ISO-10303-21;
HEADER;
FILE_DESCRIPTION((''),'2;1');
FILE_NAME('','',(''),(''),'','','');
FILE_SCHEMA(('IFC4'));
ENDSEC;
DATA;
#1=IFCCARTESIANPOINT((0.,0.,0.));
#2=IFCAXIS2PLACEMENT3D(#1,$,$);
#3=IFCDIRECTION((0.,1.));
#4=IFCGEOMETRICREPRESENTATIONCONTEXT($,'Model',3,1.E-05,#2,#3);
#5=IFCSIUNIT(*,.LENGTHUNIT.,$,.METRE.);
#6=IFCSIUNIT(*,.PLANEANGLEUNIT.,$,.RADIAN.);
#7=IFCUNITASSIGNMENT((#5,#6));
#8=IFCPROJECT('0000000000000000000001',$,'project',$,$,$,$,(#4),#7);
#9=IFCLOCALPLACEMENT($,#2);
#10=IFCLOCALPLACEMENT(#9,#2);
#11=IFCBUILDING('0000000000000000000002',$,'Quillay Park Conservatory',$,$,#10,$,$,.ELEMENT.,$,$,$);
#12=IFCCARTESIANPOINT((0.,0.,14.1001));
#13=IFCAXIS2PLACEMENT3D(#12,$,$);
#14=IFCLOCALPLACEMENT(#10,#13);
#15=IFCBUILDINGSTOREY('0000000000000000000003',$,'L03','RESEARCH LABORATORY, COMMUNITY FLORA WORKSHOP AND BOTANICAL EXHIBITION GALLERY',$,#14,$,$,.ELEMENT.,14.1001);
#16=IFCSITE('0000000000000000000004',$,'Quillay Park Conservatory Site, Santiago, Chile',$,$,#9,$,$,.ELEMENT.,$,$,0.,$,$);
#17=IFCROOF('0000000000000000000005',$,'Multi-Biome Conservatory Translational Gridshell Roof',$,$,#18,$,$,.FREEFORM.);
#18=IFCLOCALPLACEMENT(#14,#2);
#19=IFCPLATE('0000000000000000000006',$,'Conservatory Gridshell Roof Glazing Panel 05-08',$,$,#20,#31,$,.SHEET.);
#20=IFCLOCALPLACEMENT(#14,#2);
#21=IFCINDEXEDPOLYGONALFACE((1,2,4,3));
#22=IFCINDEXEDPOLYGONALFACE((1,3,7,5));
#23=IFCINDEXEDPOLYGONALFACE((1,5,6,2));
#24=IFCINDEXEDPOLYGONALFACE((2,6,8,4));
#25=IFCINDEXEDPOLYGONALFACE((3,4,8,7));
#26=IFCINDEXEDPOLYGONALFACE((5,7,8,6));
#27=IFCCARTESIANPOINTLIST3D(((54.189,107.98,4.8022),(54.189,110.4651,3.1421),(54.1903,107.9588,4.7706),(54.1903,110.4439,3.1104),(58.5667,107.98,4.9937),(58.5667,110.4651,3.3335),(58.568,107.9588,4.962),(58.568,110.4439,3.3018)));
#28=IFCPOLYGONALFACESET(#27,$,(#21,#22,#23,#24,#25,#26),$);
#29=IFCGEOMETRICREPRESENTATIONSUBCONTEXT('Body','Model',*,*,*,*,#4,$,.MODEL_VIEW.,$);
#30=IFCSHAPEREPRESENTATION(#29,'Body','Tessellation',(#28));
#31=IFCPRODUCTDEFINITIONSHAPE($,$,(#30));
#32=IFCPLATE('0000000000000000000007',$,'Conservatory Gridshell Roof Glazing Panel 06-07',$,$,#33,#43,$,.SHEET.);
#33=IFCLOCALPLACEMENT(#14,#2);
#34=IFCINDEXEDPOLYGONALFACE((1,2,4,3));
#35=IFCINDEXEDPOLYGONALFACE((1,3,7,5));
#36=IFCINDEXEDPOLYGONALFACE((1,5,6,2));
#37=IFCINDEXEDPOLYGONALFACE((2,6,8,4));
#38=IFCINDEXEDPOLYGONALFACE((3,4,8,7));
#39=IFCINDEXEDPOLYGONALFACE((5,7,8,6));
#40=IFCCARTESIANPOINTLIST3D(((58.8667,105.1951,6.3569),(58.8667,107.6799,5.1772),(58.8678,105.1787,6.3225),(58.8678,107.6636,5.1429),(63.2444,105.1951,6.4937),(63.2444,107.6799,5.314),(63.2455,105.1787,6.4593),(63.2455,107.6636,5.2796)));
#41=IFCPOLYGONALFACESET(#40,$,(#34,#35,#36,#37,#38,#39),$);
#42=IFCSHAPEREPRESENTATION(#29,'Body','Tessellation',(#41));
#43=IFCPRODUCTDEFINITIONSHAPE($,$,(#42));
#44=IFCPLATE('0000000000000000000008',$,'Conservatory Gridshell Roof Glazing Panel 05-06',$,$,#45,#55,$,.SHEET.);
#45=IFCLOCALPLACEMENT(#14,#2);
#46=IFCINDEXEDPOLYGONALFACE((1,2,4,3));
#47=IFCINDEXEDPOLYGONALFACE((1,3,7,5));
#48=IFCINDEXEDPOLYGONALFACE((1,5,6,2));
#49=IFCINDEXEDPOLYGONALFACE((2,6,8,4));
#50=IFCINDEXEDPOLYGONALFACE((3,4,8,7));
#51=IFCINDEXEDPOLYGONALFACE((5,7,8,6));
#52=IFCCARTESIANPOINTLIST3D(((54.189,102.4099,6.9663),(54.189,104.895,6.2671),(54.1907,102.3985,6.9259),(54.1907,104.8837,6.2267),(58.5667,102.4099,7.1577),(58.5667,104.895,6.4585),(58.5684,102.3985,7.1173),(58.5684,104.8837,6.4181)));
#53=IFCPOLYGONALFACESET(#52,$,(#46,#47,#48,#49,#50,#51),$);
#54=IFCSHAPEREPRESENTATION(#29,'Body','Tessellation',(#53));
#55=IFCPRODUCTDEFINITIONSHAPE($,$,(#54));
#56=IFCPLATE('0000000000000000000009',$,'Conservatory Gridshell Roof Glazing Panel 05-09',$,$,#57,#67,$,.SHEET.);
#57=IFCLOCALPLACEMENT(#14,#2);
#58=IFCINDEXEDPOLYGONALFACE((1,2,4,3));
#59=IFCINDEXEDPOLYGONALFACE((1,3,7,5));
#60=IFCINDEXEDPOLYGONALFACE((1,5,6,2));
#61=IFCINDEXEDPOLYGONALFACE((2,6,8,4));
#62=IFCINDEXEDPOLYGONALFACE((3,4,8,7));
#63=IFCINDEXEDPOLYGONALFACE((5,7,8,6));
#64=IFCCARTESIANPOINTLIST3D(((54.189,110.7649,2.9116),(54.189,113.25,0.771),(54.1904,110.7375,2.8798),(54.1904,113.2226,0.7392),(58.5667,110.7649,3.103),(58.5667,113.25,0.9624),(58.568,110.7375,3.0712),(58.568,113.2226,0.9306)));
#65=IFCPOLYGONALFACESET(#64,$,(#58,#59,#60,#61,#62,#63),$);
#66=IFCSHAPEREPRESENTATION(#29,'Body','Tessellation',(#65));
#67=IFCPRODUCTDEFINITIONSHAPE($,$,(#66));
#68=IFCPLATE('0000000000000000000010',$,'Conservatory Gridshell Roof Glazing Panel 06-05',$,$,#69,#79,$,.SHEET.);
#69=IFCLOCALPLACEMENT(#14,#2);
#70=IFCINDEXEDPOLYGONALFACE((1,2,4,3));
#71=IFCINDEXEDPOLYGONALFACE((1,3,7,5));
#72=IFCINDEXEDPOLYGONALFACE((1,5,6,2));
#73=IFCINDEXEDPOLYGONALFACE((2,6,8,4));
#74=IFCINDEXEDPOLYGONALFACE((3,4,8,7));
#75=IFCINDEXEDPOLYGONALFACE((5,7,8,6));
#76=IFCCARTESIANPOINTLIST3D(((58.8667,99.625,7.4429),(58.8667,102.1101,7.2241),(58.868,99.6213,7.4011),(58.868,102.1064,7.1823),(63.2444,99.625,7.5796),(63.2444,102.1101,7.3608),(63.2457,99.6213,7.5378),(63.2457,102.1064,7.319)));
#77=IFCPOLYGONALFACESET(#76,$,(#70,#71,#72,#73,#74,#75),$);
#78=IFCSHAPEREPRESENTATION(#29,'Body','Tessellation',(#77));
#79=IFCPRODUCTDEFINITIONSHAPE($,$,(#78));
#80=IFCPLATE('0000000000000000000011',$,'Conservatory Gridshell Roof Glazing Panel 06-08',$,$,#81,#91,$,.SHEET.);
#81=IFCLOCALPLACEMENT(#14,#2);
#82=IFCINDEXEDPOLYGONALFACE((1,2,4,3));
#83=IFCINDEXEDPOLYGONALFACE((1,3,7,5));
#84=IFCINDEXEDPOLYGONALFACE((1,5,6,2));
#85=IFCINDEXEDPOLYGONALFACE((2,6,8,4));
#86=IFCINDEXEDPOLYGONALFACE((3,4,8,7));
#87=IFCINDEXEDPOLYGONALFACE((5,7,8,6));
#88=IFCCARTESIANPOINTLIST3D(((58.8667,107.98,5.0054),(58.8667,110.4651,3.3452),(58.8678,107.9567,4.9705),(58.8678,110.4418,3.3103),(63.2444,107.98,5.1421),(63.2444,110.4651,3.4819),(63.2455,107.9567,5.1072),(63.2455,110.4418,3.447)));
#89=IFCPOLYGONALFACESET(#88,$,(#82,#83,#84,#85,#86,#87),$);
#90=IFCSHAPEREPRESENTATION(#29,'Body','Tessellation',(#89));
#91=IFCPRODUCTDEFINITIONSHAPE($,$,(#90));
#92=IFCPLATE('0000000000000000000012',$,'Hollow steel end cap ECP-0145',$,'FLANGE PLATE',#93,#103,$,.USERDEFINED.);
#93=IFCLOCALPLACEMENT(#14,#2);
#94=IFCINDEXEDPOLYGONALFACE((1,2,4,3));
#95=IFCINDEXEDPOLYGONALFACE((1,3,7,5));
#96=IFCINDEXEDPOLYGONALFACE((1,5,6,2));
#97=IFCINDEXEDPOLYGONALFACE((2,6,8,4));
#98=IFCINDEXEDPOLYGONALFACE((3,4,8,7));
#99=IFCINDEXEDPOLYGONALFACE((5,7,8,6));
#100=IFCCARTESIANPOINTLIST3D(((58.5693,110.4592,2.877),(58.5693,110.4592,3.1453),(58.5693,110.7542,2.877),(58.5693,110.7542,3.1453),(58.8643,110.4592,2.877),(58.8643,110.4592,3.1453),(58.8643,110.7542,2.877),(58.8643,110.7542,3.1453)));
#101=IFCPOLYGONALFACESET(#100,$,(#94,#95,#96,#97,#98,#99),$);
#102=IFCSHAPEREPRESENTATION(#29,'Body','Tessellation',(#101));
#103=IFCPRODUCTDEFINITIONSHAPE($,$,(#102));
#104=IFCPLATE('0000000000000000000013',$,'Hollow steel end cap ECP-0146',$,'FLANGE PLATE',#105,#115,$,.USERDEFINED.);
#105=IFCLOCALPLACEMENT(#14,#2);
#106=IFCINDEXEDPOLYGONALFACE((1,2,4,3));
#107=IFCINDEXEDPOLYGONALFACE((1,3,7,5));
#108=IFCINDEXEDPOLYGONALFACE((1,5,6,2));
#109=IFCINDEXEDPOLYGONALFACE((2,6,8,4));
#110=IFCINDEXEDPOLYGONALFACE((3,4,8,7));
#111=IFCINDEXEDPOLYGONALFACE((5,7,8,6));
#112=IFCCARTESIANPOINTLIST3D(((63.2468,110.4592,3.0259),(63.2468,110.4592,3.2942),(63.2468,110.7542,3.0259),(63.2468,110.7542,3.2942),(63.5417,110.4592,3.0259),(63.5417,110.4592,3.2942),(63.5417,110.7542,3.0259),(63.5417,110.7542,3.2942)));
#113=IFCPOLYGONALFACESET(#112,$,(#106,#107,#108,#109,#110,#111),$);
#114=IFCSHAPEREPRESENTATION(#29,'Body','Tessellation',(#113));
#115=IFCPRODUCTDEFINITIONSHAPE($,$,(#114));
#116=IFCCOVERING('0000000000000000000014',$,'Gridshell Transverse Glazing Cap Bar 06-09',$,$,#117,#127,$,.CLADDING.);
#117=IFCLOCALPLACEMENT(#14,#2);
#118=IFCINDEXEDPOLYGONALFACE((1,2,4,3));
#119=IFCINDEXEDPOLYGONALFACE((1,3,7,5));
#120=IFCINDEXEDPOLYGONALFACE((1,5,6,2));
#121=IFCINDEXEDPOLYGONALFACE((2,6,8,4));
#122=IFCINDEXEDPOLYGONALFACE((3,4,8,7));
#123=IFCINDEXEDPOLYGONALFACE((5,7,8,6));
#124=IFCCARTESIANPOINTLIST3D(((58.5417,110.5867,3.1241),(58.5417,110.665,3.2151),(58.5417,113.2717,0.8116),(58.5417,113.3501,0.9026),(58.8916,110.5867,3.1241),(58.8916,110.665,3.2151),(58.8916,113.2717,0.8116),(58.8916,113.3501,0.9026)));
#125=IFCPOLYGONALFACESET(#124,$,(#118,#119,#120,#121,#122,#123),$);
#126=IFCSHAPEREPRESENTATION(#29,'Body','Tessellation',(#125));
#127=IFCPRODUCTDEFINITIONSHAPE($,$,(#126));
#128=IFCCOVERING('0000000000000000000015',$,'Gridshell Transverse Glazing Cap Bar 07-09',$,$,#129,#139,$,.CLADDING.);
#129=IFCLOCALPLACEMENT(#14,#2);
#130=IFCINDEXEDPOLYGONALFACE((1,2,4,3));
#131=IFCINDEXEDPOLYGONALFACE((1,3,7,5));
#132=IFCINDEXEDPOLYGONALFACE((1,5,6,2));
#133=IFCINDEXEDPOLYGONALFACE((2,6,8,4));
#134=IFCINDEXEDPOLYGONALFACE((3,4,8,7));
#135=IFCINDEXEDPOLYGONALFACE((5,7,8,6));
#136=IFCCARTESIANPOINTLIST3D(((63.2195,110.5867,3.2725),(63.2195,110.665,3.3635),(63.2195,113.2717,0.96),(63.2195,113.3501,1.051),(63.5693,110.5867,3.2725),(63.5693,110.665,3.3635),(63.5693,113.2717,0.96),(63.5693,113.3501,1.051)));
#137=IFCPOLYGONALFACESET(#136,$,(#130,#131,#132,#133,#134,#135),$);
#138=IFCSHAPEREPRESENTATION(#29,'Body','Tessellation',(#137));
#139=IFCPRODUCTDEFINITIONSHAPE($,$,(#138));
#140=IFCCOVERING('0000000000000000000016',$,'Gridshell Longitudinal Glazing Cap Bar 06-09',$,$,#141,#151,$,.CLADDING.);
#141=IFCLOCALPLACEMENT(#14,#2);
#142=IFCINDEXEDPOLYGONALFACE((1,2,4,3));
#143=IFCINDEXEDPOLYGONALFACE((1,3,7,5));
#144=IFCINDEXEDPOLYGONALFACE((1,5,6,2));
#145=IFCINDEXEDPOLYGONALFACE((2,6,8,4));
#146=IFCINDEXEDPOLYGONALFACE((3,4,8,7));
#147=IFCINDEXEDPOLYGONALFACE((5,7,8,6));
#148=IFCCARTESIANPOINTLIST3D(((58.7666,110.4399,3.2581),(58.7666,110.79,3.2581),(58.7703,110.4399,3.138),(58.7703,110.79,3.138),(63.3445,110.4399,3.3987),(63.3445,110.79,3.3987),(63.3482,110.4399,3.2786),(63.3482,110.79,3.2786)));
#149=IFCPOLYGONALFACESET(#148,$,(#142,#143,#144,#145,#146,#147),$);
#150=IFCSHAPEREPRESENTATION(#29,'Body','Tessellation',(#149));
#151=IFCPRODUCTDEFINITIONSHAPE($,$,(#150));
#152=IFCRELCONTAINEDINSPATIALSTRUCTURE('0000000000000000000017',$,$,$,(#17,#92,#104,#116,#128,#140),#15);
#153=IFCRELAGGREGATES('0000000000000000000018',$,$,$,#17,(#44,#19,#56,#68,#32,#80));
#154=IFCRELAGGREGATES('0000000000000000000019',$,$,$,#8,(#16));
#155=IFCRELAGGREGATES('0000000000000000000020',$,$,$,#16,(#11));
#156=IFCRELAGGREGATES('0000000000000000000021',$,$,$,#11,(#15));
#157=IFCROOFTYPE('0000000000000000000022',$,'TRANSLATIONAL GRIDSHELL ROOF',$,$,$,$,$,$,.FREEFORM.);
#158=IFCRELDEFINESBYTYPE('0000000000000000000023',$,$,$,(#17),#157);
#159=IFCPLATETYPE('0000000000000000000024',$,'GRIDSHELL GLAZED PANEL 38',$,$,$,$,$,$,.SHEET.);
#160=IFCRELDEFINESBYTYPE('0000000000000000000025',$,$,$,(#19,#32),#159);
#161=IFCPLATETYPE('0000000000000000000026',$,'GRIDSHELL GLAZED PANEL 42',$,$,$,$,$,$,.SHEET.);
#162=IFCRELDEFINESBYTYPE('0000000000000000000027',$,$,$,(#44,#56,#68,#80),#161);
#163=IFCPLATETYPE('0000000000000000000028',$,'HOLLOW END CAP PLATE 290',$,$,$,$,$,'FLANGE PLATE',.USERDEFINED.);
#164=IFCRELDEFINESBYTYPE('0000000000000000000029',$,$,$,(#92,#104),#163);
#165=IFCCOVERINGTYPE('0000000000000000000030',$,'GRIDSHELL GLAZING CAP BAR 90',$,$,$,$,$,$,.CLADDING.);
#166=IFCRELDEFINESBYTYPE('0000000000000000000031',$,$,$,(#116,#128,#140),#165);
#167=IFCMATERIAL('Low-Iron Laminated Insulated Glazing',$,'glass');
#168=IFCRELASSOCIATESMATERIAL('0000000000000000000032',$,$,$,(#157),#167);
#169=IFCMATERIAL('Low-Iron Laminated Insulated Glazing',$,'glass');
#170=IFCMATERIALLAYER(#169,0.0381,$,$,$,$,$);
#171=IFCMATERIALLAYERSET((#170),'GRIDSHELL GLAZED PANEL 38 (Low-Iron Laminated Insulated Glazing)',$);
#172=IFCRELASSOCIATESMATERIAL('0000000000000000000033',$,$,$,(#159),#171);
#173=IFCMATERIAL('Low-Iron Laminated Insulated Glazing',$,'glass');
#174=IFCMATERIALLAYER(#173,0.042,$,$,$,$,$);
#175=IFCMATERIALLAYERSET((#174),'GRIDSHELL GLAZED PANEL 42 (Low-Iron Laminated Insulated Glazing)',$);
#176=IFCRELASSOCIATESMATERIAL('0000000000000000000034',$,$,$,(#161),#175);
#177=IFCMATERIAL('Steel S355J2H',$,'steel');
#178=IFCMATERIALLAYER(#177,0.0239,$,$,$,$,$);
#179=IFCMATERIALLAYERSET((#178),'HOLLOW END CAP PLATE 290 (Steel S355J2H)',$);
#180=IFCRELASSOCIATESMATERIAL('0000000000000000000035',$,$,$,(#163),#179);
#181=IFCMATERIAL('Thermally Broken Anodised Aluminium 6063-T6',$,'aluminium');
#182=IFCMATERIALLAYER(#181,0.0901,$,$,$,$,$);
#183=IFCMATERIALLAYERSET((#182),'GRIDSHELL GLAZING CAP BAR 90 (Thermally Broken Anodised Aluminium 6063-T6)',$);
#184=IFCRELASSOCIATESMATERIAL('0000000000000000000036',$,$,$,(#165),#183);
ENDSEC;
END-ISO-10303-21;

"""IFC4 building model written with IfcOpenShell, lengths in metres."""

from ifc_helpers import new_model, si_unit, direction, frame, origin, origin_2d, place, context, subcontext, project, spatial, polyline, rectangle, outline, extrude, material, layer, layer_set, type_object, element, aggregate, save


model = new_model("IFC4")

# Units and contexts
model_context = context("Model", 3, precision=1e-05, world=origin(), true_north=direction((0.0, 1.0)))
body_context = subcontext(model_context, "Body", "Model", "MODEL_VIEW")
ifc_project = project(units=[si_unit("LENGTHUNIT", "METRE"), si_unit("PLANEANGLEUNIT", "RADIAN")], contexts=[model_context])

# Site, building, storey
site_placement = place(None, origin())
site = spatial("IfcSite", under=ifc_project, at=site_placement, Name="Quillay Park Conservatory Site, Santiago, Chile", CompositionType="ELEMENT", RefElevation=0.0)
building_placement = place(site_placement, origin())
building = spatial("IfcBuilding", under=site, at=building_placement, Name="Quillay Park Conservatory", CompositionType="ELEMENT")
storey_placement = place(building_placement, frame((0.0, 0.0, 14.1001)))
storey = spatial("IfcBuildingStorey", under=building, at=storey_placement, Name="L03", Description="RESEARCH LABORATORY, COMMUNITY FLORA WORKSHOP AND BOTANICAL EXHIBITION GALLERY", CompositionType="ELEMENT", Elevation=14.1001)

# Roof, plates
ifc_material_1 = material(Name="Low-Iron Laminated Insulated Glazing", Category="glass")
roof_type = type_object("IfcRoofType", Name="TRANSLATIONAL GRIDSHELL ROOF", PredefinedType="FREEFORM", material=ifc_material_1)
roof_placement = place(storey_placement, origin())
roof = element("IfcRoof", 1, at=roof_placement, inside=storey, type_object=roof_type, Name="Multi-Biome Conservatory Translational Gridshell Roof", PredefinedType="FREEFORM")
ifc_material_2 = material(Name="Low-Iron Laminated Insulated Glazing", Category="glass")
ifc_layer_1 = layer(ifc_material_2, 0.0381)
ifc_layer_set_1 = layer_set([ifc_layer_1], Name="GRIDSHELL GLAZED PANEL 38 (Low-Iron Laminated Insulated Glazing)")
plate_type_1 = type_object("IfcPlateType", Name="GRIDSHELL GLAZED PANEL 38", PredefinedType="SHEET", material=ifc_layer_set_1)
plate_1_placement = place(storey_placement, frame((54.189, 107.98, 4.8022), z_axis=(-0.036333, 0.555125, 0.830973), x_axis=(0.999046, 0.0, 0.043681)))
plate_1 = element("IfcPlate", 2, at=plate_1_placement, type_object=plate_type_1, Name="Conservatory Gridshell Roof Glazing Panel 05-08", PredefinedType="SHEET", context=body_context, shape_type="SweptSolid", body=[
    extrude(outline(polyline([(0.0, 0.0), (4.3819, 0.0), (4.3093, 2.9877), (-0.0725, 2.9877), (0.0, 0.0)])), origin(), (0.0, 0.0, -1.0), 0.0381),
])
plate_2_placement = place(storey_placement, frame((58.8667, 105.1951, 6.3569), z_axis=(-0.028202, 0.428702, 0.903006), x_axis=(0.999513, 0.0, 0.031216)))
plate_2 = element("IfcPlate", 3, at=plate_2_placement, type_object=plate_type_1, Name="Conservatory Gridshell Roof Glazing Panel 06-07", PredefinedType="SHEET", context=body_context, shape_type="SweptSolid", body=[
    extrude(outline(polyline([(0.0, 0.0), (4.3798, 0.0), (4.343, 2.7504), (-0.0368, 2.7504), (0.0, 0.0)])), origin(), (0.0, 0.0, -1.0), 0.0381),
])
ifc_material_3 = material(Name="Low-Iron Laminated Insulated Glazing", Category="glass")
ifc_layer_2 = layer(ifc_material_3, 0.042)
ifc_layer_set_2 = layer_set([ifc_layer_2], Name="GRIDSHELL GLAZED PANEL 42 (Low-Iron Laminated Insulated Glazing)")
plate_type_2 = type_object("IfcPlateType", Name="GRIDSHELL GLAZED PANEL 42", PredefinedType="SHEET", material=ifc_layer_set_2)
plate_3_placement = place(storey_placement, frame((54.189, 102.4099, 6.9663), z_axis=(-0.042052, 0.270607, 0.961771), x_axis=(0.999046, 0.0, 0.043681)))
plate_3 = element("IfcPlate", 4, at=plate_3_placement, type_object=plate_type_2, Name="Conservatory Gridshell Roof Glazing Panel 05-06", PredefinedType="SHEET", context=body_context, shape_type="SweptSolid", body=[
    extrude(outline(polyline([(0.0, 0.0), (4.3819, 0.0), (4.3513, 2.5814), (-0.0305, 2.5814), (0.0, 0.0)])), origin(), (0.0, 0.0, -1.0), 0.042),
])
plate_4_placement = place(storey_placement, frame((54.189, 110.7649, 2.9116), z_axis=(-0.033109, 0.652283, 0.757252), x_axis=(0.999046, 0.0, 0.043681)))
plate_4 = element("IfcPlate", 5, at=plate_4_placement, type_object=plate_type_2, Name="Conservatory Gridshell Roof Glazing Panel 05-09", PredefinedType="SHEET", context=body_context, shape_type="SweptSolid", body=[
    extrude(outline(polyline([(0.0, 0.0), (4.3819, 0.0), (4.2884, 3.2786), (-0.0935, 3.2786), (0.0, 0.0)])), origin(), (0.0, 0.0, -1.0), 0.042),
])
plate_5_placement = place(storey_placement, frame((58.8667, 99.625, 7.4429), z_axis=(-0.031095, 0.087643, 0.995667), x_axis=(0.999513, 0.0, 0.031216)))
plate_5 = element("IfcPlate", 6, at=plate_5_placement, type_object=plate_type_2, Name="Conservatory Gridshell Roof Glazing Panel 06-05", PredefinedType="SHEET", context=body_context, shape_type="SweptSolid", body=[
    extrude(outline(polyline([(0.0, 0.0), (4.3798, 0.0), (4.373, 2.4947), (-0.0068, 2.4947), (0.0, 0.0)])), origin(), (0.0, 0.0, -1.0), 0.042),
])
plate_6_placement = place(storey_placement, frame((58.8667, 107.98, 5.0054), z_axis=(-0.02596, 0.555304, 0.831242), x_axis=(0.999513, 0.0, 0.031216)))
plate_6 = element("IfcPlate", 7, at=plate_6_placement, type_object=plate_type_2, Name="Conservatory Gridshell Roof Glazing Panel 06-08", PredefinedType="SHEET", context=body_context, shape_type="SweptSolid", body=[
    extrude(outline(polyline([(0.0, 0.0), (4.3798, 0.0), (4.328, 2.9882), (-0.0518, 2.9882), (0.0, 0.0)])), origin(), (0.0, 0.0, -1.0), 0.042),
])
aggregate(roof, [plate_3, plate_1, plate_4, plate_5, plate_2, plate_6])

# Plates
ifc_material_4 = material(Name="Steel S355J2H", Category="steel")
ifc_layer_3 = layer(ifc_material_4, 0.0239)
ifc_layer_set_3 = layer_set([ifc_layer_3], Name="HOLLOW END CAP PLATE 290 (Steel S355J2H)")
plate_type_3 = type_object("IfcPlateType", Name="HOLLOW END CAP PLATE 290", ElementType="FLANGE PLATE", PredefinedType="USERDEFINED", material=ifc_layer_set_3)
for number, where, z_axis, x_axis, name in (
    (8, (58.7168, 110.6067, 2.877), (0.0, 0.0, 1.0), (1.0, 0.0, 0.0), "Hollow steel end cap ECP-0145"),
    (9, (63.3943, 110.6067, 3.0259), (0.0, 0.0, 1.0), (1.0, 0.0, 0.0), "Hollow steel end cap ECP-0146"),
):
    element("IfcPlate", number, at=place(storey_placement, frame(where, z_axis=z_axis, x_axis=x_axis)), inside=storey, type_object=plate_type_3, Name=name, ObjectType="FLANGE PLATE", PredefinedType="USERDEFINED", context=body_context, shape_type="SweptSolid", body=[
        extrude(rectangle(XDim=0.2949, YDim=0.2949, at=origin_2d()), origin(), (0.0, 0.0, 1.0), 0.2683),
    ])

# Coverings
ifc_material_5 = material(Name="Thermally Broken Anodised Aluminium 6063-T6", Category="aluminium")
ifc_layer_4 = layer(ifc_material_5, 0.0901)
ifc_layer_set_4 = layer_set([ifc_layer_4], Name="GRIDSHELL GLAZING CAP BAR 90 (Thermally Broken Anodised Aluminium 6063-T6)")
covering_type = type_object("IfcCoveringType", Name="GRIDSHELL GLAZING CAP BAR 90", PredefinedType="CLADDING", material=ifc_layer_set_4)
for number, where, z_axis, x_axis, name in (
    (10, (58.5417, 110.665, 3.2151), (0.0, 0.652582, 0.757718), (1.0, 0.0, 0.0), "Gridshell Transverse Glazing Cap Bar 06-09"),
    (11, (63.2195, 110.665, 3.3635), (0.0, 0.652582, 0.757718), (1.0, 0.0, 0.0), "Gridshell Transverse Glazing Cap Bar 07-09"),
):
    element("IfcCovering", number, at=place(storey_placement, frame(where, z_axis=z_axis, x_axis=x_axis)), inside=storey, type_object=covering_type, Name=name, PredefinedType="CLADDING", context=body_context, shape_type="SweptSolid", body=[
        extrude(outline(polyline([(0.0, 0.0), (0.3499, 0.0), (0.3499, 3.5436), (0.0, 3.5436), (0.0, 0.0)])), origin(), (0.0, 0.0, -1.0), 0.1201),
    ])
covering_placement = place(storey_placement, frame((58.7666, 110.4399, 3.2581), z_axis=(-0.030704, 0.0, 0.999529), x_axis=(0.999529, 0.0, 0.030704)))
element("IfcCovering", 12, at=covering_placement, inside=storey, type_object=covering_type, Name="Gridshell Longitudinal Glazing Cap Bar 06-09", PredefinedType="CLADDING", context=body_context, shape_type="SweptSolid", body=[
    extrude(outline(polyline([(0.0, 0.0), (4.58, 0.0), (4.58, 0.3501), (0.0, 0.3501), (0.0, 0.0)])), origin(), (0.0, 0.0, -1.0), 0.1201),
])

save(model, "model.ifc")
